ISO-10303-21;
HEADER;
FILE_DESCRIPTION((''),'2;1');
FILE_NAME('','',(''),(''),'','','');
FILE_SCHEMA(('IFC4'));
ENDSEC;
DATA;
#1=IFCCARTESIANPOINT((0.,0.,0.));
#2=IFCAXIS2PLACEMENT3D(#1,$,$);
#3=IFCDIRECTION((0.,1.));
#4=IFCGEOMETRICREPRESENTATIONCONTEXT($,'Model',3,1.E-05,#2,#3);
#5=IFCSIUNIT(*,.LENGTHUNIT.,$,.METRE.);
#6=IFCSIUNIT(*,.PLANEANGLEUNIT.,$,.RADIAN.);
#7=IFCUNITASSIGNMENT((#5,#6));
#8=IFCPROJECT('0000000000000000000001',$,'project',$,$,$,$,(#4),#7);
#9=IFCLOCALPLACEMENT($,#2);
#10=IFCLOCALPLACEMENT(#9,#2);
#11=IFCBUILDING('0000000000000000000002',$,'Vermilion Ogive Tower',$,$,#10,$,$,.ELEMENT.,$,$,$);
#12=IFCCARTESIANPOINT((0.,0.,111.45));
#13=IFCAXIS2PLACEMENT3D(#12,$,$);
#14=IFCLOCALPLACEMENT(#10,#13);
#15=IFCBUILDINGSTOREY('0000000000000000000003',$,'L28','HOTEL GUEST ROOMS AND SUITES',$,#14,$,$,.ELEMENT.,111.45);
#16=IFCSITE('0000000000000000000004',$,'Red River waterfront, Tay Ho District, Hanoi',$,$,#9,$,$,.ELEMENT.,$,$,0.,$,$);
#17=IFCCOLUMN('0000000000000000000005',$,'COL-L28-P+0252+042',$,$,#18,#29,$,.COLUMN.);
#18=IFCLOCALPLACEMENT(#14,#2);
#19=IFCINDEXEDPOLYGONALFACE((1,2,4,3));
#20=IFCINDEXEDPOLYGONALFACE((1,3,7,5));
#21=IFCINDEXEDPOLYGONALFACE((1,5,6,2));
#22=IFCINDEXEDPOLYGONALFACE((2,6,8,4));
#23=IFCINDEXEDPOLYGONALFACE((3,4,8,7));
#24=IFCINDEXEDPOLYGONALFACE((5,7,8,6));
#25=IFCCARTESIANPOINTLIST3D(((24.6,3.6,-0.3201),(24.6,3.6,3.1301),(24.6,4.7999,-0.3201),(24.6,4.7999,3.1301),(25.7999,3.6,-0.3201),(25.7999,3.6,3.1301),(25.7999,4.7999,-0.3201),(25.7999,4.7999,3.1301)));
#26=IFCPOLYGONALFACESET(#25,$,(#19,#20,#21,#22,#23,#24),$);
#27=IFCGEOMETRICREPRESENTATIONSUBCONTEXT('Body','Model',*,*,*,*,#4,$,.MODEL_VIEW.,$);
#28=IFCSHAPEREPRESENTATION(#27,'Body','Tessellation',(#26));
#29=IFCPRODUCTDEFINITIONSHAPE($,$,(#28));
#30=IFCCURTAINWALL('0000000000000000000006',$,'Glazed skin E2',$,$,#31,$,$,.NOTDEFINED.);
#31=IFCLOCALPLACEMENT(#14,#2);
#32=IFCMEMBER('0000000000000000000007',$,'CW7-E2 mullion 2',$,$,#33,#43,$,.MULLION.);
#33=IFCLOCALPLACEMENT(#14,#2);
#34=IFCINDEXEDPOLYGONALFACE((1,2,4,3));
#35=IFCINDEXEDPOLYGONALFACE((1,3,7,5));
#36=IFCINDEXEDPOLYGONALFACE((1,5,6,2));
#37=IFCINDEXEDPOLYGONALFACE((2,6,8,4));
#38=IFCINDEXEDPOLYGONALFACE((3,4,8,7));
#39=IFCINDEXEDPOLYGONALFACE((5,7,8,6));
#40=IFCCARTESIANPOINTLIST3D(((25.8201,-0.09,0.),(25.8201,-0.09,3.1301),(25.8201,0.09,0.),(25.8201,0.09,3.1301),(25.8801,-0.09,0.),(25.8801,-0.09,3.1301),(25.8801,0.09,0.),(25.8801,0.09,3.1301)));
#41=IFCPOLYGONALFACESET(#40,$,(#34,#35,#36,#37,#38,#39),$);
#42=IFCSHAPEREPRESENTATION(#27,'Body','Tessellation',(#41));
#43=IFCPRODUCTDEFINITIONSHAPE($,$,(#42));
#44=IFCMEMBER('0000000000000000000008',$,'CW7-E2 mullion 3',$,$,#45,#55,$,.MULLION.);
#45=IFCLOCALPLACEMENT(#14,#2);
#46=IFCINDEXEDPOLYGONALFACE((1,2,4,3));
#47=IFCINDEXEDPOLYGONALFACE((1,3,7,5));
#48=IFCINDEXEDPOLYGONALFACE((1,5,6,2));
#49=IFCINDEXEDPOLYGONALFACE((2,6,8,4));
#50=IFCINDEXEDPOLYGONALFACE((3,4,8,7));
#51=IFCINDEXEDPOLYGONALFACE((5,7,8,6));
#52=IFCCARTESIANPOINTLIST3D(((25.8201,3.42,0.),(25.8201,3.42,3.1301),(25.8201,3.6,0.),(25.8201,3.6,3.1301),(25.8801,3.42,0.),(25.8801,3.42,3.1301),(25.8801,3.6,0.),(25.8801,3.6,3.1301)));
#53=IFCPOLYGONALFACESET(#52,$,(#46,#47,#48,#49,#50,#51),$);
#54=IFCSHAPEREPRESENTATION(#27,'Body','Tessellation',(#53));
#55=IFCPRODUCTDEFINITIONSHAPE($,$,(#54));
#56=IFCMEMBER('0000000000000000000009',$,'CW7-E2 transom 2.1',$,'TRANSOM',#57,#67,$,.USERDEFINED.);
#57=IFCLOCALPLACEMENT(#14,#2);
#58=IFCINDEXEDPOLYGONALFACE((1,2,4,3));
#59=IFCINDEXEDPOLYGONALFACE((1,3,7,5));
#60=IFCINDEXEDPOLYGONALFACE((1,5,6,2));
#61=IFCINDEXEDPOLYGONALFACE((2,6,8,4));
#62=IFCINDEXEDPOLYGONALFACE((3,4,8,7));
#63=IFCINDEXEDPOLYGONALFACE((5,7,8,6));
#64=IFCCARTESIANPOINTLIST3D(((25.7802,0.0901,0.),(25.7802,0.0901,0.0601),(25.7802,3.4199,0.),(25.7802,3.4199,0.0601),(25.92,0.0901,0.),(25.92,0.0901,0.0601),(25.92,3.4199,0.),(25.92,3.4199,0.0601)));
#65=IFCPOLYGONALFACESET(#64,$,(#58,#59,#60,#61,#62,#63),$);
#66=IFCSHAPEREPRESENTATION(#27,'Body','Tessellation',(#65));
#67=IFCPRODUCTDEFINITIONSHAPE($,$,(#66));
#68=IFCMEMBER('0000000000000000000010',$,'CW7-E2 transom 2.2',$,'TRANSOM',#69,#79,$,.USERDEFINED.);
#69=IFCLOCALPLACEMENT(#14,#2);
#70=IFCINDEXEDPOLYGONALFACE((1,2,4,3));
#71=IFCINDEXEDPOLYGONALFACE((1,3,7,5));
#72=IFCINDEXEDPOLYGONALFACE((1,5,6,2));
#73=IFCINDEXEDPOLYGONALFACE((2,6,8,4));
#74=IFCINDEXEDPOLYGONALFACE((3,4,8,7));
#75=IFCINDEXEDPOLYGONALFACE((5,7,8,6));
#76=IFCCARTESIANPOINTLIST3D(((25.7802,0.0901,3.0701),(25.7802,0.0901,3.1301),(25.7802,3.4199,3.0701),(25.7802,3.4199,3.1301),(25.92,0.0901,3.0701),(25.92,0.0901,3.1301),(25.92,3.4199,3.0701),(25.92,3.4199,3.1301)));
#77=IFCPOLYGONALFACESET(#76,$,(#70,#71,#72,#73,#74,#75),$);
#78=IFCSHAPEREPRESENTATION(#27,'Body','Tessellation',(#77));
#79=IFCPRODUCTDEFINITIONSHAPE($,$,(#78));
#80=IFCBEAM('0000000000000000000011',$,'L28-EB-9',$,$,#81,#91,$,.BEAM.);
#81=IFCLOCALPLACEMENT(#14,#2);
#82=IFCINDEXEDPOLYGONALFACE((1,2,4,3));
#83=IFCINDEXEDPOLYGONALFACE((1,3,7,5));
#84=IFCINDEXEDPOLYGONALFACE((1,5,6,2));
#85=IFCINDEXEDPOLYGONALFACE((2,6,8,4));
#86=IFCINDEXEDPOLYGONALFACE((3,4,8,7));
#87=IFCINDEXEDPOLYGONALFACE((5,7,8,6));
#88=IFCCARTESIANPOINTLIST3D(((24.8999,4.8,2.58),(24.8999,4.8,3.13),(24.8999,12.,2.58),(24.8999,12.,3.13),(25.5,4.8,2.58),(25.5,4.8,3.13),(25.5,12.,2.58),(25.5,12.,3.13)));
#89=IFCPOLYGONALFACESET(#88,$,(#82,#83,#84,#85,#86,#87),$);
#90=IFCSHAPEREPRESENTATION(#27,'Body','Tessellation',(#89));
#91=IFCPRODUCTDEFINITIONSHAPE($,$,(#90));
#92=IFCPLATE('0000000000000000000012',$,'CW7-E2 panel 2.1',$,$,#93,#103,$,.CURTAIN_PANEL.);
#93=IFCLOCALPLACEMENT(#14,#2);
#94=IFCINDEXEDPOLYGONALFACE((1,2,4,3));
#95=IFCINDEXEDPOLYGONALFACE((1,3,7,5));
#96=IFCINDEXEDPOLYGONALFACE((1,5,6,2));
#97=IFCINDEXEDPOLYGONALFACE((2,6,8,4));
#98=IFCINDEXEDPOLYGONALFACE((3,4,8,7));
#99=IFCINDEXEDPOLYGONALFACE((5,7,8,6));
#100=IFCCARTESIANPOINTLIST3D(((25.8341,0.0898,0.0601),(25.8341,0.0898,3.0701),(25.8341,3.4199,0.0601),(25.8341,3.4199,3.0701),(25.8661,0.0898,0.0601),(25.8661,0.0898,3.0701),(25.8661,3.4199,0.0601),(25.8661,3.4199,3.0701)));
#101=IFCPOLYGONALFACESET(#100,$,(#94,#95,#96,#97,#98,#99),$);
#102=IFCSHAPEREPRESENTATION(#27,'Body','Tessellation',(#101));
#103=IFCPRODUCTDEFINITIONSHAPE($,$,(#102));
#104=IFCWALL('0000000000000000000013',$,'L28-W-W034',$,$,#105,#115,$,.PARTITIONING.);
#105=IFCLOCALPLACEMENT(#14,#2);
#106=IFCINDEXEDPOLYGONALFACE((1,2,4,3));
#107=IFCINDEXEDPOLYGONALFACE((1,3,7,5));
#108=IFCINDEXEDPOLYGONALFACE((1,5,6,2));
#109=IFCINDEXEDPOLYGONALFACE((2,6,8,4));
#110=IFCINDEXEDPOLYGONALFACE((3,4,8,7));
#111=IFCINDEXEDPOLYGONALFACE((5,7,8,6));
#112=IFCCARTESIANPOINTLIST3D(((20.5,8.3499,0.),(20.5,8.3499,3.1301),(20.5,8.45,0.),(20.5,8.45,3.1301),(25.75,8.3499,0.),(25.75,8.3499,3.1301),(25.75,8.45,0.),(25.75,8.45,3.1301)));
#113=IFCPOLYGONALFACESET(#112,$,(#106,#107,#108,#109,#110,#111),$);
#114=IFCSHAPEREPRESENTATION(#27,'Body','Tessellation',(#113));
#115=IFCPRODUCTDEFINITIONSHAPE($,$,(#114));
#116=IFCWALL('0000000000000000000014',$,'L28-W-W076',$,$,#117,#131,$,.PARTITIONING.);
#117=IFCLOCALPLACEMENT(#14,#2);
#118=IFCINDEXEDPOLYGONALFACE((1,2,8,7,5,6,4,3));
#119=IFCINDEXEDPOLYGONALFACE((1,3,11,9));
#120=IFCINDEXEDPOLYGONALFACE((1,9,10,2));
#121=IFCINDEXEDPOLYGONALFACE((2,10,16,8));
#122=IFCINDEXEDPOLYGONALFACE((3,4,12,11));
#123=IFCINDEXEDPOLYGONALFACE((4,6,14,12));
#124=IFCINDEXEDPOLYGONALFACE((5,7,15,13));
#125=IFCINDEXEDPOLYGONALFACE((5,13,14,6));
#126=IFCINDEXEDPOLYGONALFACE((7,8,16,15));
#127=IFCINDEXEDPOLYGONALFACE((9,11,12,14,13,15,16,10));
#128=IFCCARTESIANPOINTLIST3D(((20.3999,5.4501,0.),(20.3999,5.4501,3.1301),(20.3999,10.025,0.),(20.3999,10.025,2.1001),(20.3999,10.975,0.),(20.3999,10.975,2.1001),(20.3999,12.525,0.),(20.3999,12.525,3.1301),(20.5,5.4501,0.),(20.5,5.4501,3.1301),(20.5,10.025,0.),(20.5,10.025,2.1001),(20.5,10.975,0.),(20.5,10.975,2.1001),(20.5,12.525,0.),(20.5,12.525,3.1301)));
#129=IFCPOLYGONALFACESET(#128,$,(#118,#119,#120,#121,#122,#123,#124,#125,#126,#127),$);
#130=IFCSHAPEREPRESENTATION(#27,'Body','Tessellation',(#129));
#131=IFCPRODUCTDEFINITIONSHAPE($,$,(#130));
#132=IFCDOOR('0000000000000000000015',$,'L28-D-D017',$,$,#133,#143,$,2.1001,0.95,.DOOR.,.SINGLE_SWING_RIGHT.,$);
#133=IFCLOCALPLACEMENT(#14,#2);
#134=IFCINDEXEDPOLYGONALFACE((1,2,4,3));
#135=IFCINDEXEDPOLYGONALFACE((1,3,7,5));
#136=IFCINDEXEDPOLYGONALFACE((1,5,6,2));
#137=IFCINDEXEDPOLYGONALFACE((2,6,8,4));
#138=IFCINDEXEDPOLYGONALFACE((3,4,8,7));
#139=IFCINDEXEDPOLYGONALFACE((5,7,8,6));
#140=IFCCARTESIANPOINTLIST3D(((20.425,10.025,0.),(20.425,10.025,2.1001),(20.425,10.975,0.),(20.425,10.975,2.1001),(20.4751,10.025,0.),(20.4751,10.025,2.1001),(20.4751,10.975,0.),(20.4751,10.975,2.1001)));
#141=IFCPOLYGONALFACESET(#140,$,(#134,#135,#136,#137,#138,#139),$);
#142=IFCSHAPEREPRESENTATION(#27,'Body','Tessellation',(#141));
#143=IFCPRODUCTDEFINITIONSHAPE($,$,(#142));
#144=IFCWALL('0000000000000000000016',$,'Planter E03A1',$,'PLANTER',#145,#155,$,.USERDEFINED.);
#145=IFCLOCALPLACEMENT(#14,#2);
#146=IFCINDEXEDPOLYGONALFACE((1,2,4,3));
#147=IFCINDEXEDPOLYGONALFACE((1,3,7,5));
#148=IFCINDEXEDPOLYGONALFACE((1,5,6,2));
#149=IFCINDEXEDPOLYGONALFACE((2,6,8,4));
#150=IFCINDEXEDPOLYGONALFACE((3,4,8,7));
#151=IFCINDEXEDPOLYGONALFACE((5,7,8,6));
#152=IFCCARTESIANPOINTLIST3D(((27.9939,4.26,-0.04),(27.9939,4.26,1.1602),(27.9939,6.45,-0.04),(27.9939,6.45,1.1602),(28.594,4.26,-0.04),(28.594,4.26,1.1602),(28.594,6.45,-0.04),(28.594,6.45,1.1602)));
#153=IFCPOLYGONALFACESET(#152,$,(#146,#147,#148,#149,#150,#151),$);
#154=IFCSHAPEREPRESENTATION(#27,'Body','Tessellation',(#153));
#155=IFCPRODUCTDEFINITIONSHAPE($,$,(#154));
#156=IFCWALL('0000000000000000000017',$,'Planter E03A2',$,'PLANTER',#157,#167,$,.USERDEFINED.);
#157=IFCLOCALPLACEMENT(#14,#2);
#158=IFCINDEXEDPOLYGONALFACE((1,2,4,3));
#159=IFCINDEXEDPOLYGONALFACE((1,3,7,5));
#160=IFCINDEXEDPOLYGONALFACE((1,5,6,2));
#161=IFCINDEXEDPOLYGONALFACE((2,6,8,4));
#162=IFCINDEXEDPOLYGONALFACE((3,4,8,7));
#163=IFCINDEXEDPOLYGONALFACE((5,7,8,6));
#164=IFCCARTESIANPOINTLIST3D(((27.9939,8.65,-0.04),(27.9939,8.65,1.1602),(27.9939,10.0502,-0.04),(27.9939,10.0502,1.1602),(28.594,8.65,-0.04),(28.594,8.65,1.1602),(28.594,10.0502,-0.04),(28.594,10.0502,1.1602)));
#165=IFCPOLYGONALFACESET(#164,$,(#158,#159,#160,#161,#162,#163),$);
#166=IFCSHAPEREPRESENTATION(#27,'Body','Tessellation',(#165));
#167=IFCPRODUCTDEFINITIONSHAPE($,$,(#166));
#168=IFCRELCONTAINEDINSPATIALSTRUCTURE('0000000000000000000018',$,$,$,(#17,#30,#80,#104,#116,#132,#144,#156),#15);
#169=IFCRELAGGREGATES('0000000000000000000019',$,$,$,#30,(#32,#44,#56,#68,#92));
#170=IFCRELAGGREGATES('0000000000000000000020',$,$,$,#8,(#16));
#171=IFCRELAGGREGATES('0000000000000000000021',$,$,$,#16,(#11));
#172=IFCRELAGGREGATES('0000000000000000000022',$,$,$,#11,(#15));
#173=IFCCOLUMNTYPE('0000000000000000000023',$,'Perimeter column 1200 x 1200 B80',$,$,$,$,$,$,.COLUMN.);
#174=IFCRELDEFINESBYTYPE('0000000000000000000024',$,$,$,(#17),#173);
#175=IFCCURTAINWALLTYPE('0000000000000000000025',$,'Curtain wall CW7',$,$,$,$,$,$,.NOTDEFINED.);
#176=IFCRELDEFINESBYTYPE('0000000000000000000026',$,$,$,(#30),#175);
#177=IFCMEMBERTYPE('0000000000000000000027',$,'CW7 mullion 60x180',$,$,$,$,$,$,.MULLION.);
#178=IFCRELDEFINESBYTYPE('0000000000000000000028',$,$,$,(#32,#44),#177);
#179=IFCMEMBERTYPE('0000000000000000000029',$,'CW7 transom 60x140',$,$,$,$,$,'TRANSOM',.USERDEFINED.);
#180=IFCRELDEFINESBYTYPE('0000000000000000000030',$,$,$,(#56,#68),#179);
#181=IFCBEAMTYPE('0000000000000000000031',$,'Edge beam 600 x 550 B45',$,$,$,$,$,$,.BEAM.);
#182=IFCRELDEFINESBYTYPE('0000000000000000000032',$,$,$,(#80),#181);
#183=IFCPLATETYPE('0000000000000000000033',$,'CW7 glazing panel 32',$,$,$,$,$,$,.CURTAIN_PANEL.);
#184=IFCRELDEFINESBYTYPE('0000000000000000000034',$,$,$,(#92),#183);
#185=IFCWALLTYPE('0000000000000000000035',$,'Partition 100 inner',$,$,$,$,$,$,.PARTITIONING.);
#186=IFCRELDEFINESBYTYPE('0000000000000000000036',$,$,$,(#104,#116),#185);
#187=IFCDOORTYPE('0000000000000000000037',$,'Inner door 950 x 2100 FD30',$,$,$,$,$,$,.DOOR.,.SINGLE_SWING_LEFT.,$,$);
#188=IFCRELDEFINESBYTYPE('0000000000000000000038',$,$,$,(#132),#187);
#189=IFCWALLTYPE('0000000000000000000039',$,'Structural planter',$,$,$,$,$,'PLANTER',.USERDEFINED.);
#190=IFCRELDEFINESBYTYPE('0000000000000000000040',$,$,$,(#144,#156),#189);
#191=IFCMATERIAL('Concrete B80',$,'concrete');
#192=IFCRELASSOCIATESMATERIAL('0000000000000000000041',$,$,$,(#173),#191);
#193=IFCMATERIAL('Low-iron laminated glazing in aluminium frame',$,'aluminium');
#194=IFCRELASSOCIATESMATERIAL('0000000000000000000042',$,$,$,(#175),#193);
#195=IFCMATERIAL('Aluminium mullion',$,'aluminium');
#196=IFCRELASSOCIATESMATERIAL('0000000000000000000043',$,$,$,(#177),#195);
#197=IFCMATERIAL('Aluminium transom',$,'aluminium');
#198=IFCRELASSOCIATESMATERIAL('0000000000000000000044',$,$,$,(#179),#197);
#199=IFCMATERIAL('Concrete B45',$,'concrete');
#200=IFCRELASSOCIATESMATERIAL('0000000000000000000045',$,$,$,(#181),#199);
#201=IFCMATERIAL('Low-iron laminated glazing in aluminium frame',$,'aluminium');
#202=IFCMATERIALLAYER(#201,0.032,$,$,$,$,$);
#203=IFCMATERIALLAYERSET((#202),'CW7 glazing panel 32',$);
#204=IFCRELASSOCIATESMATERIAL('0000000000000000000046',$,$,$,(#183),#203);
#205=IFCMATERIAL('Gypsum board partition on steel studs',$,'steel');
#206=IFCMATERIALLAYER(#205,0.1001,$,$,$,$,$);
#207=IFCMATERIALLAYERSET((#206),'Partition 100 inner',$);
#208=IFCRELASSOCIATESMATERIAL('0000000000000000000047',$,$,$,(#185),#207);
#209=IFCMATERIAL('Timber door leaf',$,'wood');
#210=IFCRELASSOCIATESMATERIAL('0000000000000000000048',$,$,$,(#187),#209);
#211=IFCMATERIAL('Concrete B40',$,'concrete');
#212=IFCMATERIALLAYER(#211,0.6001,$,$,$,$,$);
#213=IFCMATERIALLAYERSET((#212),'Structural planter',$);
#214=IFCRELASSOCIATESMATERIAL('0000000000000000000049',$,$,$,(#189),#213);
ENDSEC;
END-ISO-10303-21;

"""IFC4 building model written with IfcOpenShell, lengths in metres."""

from ifc_helpers import new_model, si_unit, direction, frame, frame_2d, origin, origin_2d, place, context, subcontext, project, spatial, rectangle, extrude, material, layer, layer_set, material_profile, profile_set, type_object, element, fill, aggregate, save


model = new_model("IFC4")

# Units and contexts
model_context = context("Model", 3, precision=1e-05, world=origin(), true_north=direction((0.0, 1.0)))
body_context = subcontext(model_context, "Body", "Model", "MODEL_VIEW")
ifc_project = project(units=[si_unit("LENGTHUNIT", "METRE"), si_unit("PLANEANGLEUNIT", "RADIAN")], contexts=[model_context])

# Site, building, storey
site_placement = place(None, origin())
site = spatial("IfcSite", under=ifc_project, at=site_placement, Name="Red River waterfront, Tay Ho District, Hanoi", CompositionType="ELEMENT", RefElevation=0.0)
building_placement = place(site_placement, origin())
building = spatial("IfcBuilding", under=site, at=building_placement, Name="Vermilion Ogive Tower", CompositionType="ELEMENT")
storey_placement = place(building_placement, frame((0.0, 0.0, 111.45)))
storey = spatial("IfcBuildingStorey", under=building, at=storey_placement, Name="L28", Description="HOTEL GUEST ROOMS AND SUITES", CompositionType="ELEMENT", Elevation=111.45)

# Column
ifc_material_1 = material(Name="Concrete B80", Category="concrete")
ifc_material_profile_1 = material_profile(ifc_material_1, rectangle(XDim=1.2, YDim=1.2, at=origin_2d()), Name="1200 x 1200")
ifc_profile_set_1 = profile_set([ifc_material_profile_1], Name="Concrete B80")
column_type = type_object("IfcColumnType", Name="Perimeter column 1200 x 1200 B80", PredefinedType="COLUMN", material=ifc_profile_set_1)
column_placement = place(storey_placement, frame((25.2, 4.2, -0.3201), z_axis=(0.0, 0.0, 1.0), x_axis=(1.0, 0.0, 0.0)))
element("IfcColumn", 1, at=column_placement, inside=storey, type_object=column_type, Name="COL-L28-P+0252+042", PredefinedType="COLUMN", context=body_context, shape_type="SweptSolid", body=[
    extrude(rectangle(XDim=1.2, YDim=1.2, at=origin_2d()), origin(), (0.0, 0.0, 1.0), 3.4502),
])

# Curtain wall, members
ifc_material_2 = material(Name="Low-iron laminated glazing in aluminium frame", Category="aluminium")
curtain_wall_type = type_object("IfcCurtainWallType", Name="Curtain wall CW7", PredefinedType="NOTDEFINED", material=ifc_material_2)
curtain_wall_placement = place(storey_placement, origin())
curtain_wall = element("IfcCurtainWall", 2, at=curtain_wall_placement, inside=storey, type_object=curtain_wall_type, Name="Glazed skin E2", PredefinedType="NOTDEFINED")
ifc_material_3 = material(Name="Aluminium mullion", Category="aluminium")
ifc_material_profile_2 = material_profile(ifc_material_3, rectangle(XDim=0.0601, YDim=0.1799, at=origin_2d()), Name="AL 60x180")
ifc_profile_set_2 = profile_set([ifc_material_profile_2], Name="Aluminium mullion")
member_type_1 = type_object("IfcMemberType", Name="CW7 mullion 60x180", PredefinedType="MULLION", material=ifc_profile_set_2)
member_1_placement = place(storey_placement, frame((25.8501, 0.0, 0.0), z_axis=(0.0, 0.0, 1.0), x_axis=(-1.0, 0.0, 0.0)))
member_1 = element("IfcMember", 3, at=member_1_placement, type_object=member_type_1, Name="CW7-E2 mullion 2", PredefinedType="MULLION", context=body_context, shape_type="SweptSolid", body=[
    extrude(rectangle(XDim=0.0601, YDim=0.1799, at=origin_2d()), origin(), (0.0, 0.0, 1.0), 3.1301),
])
member_2_placement = place(storey_placement, frame((25.8501, 3.51, 0.0), z_axis=(0.0, 0.0, 1.0), x_axis=(-1.0, 0.0, 0.0)))
member_2 = element("IfcMember", 4, at=member_2_placement, type_object=member_type_1, Name="CW7-E2 mullion 3", PredefinedType="MULLION", context=body_context, shape_type="SweptSolid", body=[
    extrude(rectangle(XDim=0.0601, YDim=0.1799, at=origin_2d()), origin(), (0.0, 0.0, 1.0), 3.1301),
])
ifc_material_4 = material(Name="Aluminium transom", Category="aluminium")
ifc_material_profile_3 = material_profile(ifc_material_4, rectangle(XDim=0.1399, YDim=0.0601, at=origin_2d()), Name="AL 60x140")
ifc_profile_set_3 = profile_set([ifc_material_profile_3], Name="Aluminium transom")
member_type_2 = type_object("IfcMemberType", Name="CW7 transom 60x140", ElementType="TRANSOM", PredefinedType="USERDEFINED", material=ifc_profile_set_3)
member_3_placement = place(storey_placement, frame((25.8501, 0.0901, 0.03), z_axis=(0.0, 1.0, 0.0), x_axis=(-1.0, 0.0, 0.0)))
member_3 = element("IfcMember", 5, at=member_3_placement, type_object=member_type_2, Name="CW7-E2 transom 2.1", ObjectType="TRANSOM", PredefinedType="USERDEFINED", context=body_context, shape_type="SweptSolid", body=[
    extrude(rectangle(XDim=0.1399, YDim=0.0601, at=origin_2d()), origin(), (0.0, 0.0, 1.0), 3.3298),
])
member_4_placement = place(storey_placement, frame((25.8501, 0.0901, 3.1001), z_axis=(0.0, 1.0, 0.0), x_axis=(-1.0, 0.0, 0.0)))
member_4 = element("IfcMember", 6, at=member_4_placement, type_object=member_type_2, Name="CW7-E2 transom 2.2", ObjectType="TRANSOM", PredefinedType="USERDEFINED", context=body_context, shape_type="SweptSolid", body=[
    extrude(rectangle(XDim=0.1399, YDim=0.0601, at=origin_2d()), origin(), (0.0, 0.0, 1.0), 3.3298),
])

# Beam
ifc_material_5 = material(Name="Concrete B45", Category="concrete")
ifc_material_profile_4 = material_profile(ifc_material_5, rectangle(XDim=0.6001, YDim=0.55, at=origin_2d()), Name="600 x 550")
ifc_profile_set_4 = profile_set([ifc_material_profile_4], Name="Concrete B45")
beam_type = type_object("IfcBeamType", Name="Edge beam 600 x 550 B45", PredefinedType="BEAM", material=ifc_profile_set_4)
beam_placement = place(storey_placement, frame((25.2, 4.8, 2.855), z_axis=(0.0, 1.0, 0.0), x_axis=(-1.0, 0.0, 0.0)))
element("IfcBeam", 7, at=beam_placement, inside=storey, type_object=beam_type, Name="L28-EB-9", PredefinedType="BEAM", context=body_context, shape_type="SweptSolid", body=[
    extrude(rectangle(XDim=0.6001, YDim=0.55, at=origin_2d()), origin(), (0.0, 0.0, 1.0), 7.2),
])

# Plate
ifc_material_6 = material(Name="Low-iron laminated glazing in aluminium frame", Category="aluminium")
ifc_layer_1 = layer(ifc_material_6, 0.032)
ifc_layer_set_1 = layer_set([ifc_layer_1], Name="CW7 glazing panel 32")
plate_type = type_object("IfcPlateType", Name="CW7 glazing panel 32", PredefinedType="CURTAIN_PANEL", material=ifc_layer_set_1)
plate_placement = place(storey_placement, frame((25.8501, 1.7549, 0.0601), z_axis=(0.0, 0.0, 1.0), x_axis=(0.0, 1.0, 0.0)))
plate = element("IfcPlate", 8, at=plate_placement, type_object=plate_type, Name="CW7-E2 panel 2.1", PredefinedType="CURTAIN_PANEL", context=body_context, shape_type="SweptSolid", body=[
    extrude(rectangle(XDim=3.3301, YDim=0.032, at=origin_2d()), origin(), (0.0, 0.0, 1.0), 3.01),
])
aggregate(curtain_wall, [member_1, member_2, member_3, member_4, plate])

# Wall
ifc_material_7 = material(Name="Gypsum board partition on steel studs", Category="steel")
ifc_layer_2 = layer(ifc_material_7, 0.1001)
ifc_layer_set_2 = layer_set([ifc_layer_2], Name="Partition 100 inner")
wall_type_1 = type_object("IfcWallType", Name="Partition 100 inner", PredefinedType="PARTITIONING", material=ifc_layer_set_2)
wall_1_placement = place(storey_placement, frame((20.5, 8.3999, 0.0), z_axis=(0.0, 0.0, 1.0), x_axis=(1.0, 0.0, 0.0)))
element("IfcWall", 9, at=wall_1_placement, inside=storey, type_object=wall_type_1, Name="L28-W-W034", PredefinedType="PARTITIONING", context=body_context, shape_type="SweptSolid", body=[
    extrude(rectangle(XDim=5.25, YDim=0.1001, at=frame_2d((2.625, 0.0))), origin(), (0.0, 0.0, 1.0), 3.1301),
])

# Wall, opening, door
wall_2_placement = place(storey_placement, frame((20.45, 5.45, 0.0), z_axis=(0.0, 0.0, 1.0), x_axis=(0.0, 1.0, 0.0)))
wall_2 = element("IfcWall", 10, at=wall_2_placement, inside=storey, type_object=wall_type_1, Name="L28-W-W076", PredefinedType="PARTITIONING", context=body_context, shape_type="SweptSolid", body=[
    extrude(rectangle(XDim=7.075, YDim=0.1001, at=frame_2d((3.5376, 0.0))), origin(), (0.0, 0.0, 1.0), 3.1301),
])
opening_1_placement = place(wall_2_placement, frame((4.575, 0.0, 0.0)))
opening_1 = element("IfcOpeningElement", 11, at=opening_1_placement, cuts=wall_2, PredefinedType="OPENING", context=body_context, shape_type="SweptSolid", body=[
    extrude(rectangle(XDim=0.95, YDim=2.1001, at=frame_2d((0.4751, 1.05))), frame((0.0, 0.0601, 0.0), z_axis=(0.0, -1.0, 0.0), x_axis=(1.0, 0.0, 0.0)), (0.0, 0.0, 1.0), 0.1201),
])
ifc_material_8 = material(Name="Timber door leaf", Category="wood")
door_type_1 = type_object("IfcDoorType", Name="Inner door 950 x 2100 FD30", OperationType="SINGLE_SWING_LEFT", PredefinedType="DOOR", material=ifc_material_8)
door_1_placement = place(opening_1_placement, origin())
door_1 = element("IfcDoor", 12, at=door_1_placement, inside=storey, type_object=door_type_1, Name="L28-D-D017", OperationType="SINGLE_SWING_RIGHT", OverallHeight=2.1001, OverallWidth=0.95, PredefinedType="DOOR", context=body_context, shape_type="SweptSolid", body=[
    extrude(rectangle(XDim=0.95, YDim=2.1001, at=frame_2d((0.4751, 1.05))), frame((0.0, 0.0249, 0.0), z_axis=(0.0, -1.0, 0.0), x_axis=(1.0, 0.0, 0.0)), (0.0, 0.0, 1.0), 0.05),
])
fill(opening_1, door_1)

# Walls
ifc_material_9 = material(Name="Concrete B40", Category="concrete")
ifc_layer_3 = layer(ifc_material_9, 0.6001)
ifc_layer_set_3 = layer_set([ifc_layer_3], Name="Structural planter")
wall_type_2 = type_object("IfcWallType", Name="Structural planter", ElementType="PLANTER", PredefinedType="USERDEFINED", material=ifc_layer_set_3)
wall_3_placement = place(storey_placement, frame((28.2939, 4.26, -0.04), z_axis=(0.0, 0.0, 1.0), x_axis=(0.0, 1.0, 0.0)))
element("IfcWall", 13, at=wall_3_placement, inside=storey, type_object=wall_type_2, Name="Planter E03A1", ObjectType="PLANTER", PredefinedType="USERDEFINED", context=body_context, shape_type="SweptSolid", body=[
    extrude(rectangle(XDim=2.1899, YDim=0.6001, at=frame_2d((1.095, 0.0))), origin(), (0.0, 0.0, 1.0), 1.2002),
])
wall_4_placement = place(storey_placement, frame((28.2939, 8.6499, -0.04), z_axis=(0.0, 0.0, 1.0), x_axis=(0.0, 1.0, 0.0)))
element("IfcWall", 14, at=wall_4_placement, inside=storey, type_object=wall_type_2, Name="Planter E03A2", ObjectType="PLANTER", PredefinedType="USERDEFINED", context=body_context, shape_type="SweptSolid", body=[
    extrude(rectangle(XDim=1.4001, YDim=0.6001, at=frame_2d((0.7002, 0.0))), origin(), (0.0, 0.0, 1.0), 1.2002),
])

save(model, "model.ifc")
